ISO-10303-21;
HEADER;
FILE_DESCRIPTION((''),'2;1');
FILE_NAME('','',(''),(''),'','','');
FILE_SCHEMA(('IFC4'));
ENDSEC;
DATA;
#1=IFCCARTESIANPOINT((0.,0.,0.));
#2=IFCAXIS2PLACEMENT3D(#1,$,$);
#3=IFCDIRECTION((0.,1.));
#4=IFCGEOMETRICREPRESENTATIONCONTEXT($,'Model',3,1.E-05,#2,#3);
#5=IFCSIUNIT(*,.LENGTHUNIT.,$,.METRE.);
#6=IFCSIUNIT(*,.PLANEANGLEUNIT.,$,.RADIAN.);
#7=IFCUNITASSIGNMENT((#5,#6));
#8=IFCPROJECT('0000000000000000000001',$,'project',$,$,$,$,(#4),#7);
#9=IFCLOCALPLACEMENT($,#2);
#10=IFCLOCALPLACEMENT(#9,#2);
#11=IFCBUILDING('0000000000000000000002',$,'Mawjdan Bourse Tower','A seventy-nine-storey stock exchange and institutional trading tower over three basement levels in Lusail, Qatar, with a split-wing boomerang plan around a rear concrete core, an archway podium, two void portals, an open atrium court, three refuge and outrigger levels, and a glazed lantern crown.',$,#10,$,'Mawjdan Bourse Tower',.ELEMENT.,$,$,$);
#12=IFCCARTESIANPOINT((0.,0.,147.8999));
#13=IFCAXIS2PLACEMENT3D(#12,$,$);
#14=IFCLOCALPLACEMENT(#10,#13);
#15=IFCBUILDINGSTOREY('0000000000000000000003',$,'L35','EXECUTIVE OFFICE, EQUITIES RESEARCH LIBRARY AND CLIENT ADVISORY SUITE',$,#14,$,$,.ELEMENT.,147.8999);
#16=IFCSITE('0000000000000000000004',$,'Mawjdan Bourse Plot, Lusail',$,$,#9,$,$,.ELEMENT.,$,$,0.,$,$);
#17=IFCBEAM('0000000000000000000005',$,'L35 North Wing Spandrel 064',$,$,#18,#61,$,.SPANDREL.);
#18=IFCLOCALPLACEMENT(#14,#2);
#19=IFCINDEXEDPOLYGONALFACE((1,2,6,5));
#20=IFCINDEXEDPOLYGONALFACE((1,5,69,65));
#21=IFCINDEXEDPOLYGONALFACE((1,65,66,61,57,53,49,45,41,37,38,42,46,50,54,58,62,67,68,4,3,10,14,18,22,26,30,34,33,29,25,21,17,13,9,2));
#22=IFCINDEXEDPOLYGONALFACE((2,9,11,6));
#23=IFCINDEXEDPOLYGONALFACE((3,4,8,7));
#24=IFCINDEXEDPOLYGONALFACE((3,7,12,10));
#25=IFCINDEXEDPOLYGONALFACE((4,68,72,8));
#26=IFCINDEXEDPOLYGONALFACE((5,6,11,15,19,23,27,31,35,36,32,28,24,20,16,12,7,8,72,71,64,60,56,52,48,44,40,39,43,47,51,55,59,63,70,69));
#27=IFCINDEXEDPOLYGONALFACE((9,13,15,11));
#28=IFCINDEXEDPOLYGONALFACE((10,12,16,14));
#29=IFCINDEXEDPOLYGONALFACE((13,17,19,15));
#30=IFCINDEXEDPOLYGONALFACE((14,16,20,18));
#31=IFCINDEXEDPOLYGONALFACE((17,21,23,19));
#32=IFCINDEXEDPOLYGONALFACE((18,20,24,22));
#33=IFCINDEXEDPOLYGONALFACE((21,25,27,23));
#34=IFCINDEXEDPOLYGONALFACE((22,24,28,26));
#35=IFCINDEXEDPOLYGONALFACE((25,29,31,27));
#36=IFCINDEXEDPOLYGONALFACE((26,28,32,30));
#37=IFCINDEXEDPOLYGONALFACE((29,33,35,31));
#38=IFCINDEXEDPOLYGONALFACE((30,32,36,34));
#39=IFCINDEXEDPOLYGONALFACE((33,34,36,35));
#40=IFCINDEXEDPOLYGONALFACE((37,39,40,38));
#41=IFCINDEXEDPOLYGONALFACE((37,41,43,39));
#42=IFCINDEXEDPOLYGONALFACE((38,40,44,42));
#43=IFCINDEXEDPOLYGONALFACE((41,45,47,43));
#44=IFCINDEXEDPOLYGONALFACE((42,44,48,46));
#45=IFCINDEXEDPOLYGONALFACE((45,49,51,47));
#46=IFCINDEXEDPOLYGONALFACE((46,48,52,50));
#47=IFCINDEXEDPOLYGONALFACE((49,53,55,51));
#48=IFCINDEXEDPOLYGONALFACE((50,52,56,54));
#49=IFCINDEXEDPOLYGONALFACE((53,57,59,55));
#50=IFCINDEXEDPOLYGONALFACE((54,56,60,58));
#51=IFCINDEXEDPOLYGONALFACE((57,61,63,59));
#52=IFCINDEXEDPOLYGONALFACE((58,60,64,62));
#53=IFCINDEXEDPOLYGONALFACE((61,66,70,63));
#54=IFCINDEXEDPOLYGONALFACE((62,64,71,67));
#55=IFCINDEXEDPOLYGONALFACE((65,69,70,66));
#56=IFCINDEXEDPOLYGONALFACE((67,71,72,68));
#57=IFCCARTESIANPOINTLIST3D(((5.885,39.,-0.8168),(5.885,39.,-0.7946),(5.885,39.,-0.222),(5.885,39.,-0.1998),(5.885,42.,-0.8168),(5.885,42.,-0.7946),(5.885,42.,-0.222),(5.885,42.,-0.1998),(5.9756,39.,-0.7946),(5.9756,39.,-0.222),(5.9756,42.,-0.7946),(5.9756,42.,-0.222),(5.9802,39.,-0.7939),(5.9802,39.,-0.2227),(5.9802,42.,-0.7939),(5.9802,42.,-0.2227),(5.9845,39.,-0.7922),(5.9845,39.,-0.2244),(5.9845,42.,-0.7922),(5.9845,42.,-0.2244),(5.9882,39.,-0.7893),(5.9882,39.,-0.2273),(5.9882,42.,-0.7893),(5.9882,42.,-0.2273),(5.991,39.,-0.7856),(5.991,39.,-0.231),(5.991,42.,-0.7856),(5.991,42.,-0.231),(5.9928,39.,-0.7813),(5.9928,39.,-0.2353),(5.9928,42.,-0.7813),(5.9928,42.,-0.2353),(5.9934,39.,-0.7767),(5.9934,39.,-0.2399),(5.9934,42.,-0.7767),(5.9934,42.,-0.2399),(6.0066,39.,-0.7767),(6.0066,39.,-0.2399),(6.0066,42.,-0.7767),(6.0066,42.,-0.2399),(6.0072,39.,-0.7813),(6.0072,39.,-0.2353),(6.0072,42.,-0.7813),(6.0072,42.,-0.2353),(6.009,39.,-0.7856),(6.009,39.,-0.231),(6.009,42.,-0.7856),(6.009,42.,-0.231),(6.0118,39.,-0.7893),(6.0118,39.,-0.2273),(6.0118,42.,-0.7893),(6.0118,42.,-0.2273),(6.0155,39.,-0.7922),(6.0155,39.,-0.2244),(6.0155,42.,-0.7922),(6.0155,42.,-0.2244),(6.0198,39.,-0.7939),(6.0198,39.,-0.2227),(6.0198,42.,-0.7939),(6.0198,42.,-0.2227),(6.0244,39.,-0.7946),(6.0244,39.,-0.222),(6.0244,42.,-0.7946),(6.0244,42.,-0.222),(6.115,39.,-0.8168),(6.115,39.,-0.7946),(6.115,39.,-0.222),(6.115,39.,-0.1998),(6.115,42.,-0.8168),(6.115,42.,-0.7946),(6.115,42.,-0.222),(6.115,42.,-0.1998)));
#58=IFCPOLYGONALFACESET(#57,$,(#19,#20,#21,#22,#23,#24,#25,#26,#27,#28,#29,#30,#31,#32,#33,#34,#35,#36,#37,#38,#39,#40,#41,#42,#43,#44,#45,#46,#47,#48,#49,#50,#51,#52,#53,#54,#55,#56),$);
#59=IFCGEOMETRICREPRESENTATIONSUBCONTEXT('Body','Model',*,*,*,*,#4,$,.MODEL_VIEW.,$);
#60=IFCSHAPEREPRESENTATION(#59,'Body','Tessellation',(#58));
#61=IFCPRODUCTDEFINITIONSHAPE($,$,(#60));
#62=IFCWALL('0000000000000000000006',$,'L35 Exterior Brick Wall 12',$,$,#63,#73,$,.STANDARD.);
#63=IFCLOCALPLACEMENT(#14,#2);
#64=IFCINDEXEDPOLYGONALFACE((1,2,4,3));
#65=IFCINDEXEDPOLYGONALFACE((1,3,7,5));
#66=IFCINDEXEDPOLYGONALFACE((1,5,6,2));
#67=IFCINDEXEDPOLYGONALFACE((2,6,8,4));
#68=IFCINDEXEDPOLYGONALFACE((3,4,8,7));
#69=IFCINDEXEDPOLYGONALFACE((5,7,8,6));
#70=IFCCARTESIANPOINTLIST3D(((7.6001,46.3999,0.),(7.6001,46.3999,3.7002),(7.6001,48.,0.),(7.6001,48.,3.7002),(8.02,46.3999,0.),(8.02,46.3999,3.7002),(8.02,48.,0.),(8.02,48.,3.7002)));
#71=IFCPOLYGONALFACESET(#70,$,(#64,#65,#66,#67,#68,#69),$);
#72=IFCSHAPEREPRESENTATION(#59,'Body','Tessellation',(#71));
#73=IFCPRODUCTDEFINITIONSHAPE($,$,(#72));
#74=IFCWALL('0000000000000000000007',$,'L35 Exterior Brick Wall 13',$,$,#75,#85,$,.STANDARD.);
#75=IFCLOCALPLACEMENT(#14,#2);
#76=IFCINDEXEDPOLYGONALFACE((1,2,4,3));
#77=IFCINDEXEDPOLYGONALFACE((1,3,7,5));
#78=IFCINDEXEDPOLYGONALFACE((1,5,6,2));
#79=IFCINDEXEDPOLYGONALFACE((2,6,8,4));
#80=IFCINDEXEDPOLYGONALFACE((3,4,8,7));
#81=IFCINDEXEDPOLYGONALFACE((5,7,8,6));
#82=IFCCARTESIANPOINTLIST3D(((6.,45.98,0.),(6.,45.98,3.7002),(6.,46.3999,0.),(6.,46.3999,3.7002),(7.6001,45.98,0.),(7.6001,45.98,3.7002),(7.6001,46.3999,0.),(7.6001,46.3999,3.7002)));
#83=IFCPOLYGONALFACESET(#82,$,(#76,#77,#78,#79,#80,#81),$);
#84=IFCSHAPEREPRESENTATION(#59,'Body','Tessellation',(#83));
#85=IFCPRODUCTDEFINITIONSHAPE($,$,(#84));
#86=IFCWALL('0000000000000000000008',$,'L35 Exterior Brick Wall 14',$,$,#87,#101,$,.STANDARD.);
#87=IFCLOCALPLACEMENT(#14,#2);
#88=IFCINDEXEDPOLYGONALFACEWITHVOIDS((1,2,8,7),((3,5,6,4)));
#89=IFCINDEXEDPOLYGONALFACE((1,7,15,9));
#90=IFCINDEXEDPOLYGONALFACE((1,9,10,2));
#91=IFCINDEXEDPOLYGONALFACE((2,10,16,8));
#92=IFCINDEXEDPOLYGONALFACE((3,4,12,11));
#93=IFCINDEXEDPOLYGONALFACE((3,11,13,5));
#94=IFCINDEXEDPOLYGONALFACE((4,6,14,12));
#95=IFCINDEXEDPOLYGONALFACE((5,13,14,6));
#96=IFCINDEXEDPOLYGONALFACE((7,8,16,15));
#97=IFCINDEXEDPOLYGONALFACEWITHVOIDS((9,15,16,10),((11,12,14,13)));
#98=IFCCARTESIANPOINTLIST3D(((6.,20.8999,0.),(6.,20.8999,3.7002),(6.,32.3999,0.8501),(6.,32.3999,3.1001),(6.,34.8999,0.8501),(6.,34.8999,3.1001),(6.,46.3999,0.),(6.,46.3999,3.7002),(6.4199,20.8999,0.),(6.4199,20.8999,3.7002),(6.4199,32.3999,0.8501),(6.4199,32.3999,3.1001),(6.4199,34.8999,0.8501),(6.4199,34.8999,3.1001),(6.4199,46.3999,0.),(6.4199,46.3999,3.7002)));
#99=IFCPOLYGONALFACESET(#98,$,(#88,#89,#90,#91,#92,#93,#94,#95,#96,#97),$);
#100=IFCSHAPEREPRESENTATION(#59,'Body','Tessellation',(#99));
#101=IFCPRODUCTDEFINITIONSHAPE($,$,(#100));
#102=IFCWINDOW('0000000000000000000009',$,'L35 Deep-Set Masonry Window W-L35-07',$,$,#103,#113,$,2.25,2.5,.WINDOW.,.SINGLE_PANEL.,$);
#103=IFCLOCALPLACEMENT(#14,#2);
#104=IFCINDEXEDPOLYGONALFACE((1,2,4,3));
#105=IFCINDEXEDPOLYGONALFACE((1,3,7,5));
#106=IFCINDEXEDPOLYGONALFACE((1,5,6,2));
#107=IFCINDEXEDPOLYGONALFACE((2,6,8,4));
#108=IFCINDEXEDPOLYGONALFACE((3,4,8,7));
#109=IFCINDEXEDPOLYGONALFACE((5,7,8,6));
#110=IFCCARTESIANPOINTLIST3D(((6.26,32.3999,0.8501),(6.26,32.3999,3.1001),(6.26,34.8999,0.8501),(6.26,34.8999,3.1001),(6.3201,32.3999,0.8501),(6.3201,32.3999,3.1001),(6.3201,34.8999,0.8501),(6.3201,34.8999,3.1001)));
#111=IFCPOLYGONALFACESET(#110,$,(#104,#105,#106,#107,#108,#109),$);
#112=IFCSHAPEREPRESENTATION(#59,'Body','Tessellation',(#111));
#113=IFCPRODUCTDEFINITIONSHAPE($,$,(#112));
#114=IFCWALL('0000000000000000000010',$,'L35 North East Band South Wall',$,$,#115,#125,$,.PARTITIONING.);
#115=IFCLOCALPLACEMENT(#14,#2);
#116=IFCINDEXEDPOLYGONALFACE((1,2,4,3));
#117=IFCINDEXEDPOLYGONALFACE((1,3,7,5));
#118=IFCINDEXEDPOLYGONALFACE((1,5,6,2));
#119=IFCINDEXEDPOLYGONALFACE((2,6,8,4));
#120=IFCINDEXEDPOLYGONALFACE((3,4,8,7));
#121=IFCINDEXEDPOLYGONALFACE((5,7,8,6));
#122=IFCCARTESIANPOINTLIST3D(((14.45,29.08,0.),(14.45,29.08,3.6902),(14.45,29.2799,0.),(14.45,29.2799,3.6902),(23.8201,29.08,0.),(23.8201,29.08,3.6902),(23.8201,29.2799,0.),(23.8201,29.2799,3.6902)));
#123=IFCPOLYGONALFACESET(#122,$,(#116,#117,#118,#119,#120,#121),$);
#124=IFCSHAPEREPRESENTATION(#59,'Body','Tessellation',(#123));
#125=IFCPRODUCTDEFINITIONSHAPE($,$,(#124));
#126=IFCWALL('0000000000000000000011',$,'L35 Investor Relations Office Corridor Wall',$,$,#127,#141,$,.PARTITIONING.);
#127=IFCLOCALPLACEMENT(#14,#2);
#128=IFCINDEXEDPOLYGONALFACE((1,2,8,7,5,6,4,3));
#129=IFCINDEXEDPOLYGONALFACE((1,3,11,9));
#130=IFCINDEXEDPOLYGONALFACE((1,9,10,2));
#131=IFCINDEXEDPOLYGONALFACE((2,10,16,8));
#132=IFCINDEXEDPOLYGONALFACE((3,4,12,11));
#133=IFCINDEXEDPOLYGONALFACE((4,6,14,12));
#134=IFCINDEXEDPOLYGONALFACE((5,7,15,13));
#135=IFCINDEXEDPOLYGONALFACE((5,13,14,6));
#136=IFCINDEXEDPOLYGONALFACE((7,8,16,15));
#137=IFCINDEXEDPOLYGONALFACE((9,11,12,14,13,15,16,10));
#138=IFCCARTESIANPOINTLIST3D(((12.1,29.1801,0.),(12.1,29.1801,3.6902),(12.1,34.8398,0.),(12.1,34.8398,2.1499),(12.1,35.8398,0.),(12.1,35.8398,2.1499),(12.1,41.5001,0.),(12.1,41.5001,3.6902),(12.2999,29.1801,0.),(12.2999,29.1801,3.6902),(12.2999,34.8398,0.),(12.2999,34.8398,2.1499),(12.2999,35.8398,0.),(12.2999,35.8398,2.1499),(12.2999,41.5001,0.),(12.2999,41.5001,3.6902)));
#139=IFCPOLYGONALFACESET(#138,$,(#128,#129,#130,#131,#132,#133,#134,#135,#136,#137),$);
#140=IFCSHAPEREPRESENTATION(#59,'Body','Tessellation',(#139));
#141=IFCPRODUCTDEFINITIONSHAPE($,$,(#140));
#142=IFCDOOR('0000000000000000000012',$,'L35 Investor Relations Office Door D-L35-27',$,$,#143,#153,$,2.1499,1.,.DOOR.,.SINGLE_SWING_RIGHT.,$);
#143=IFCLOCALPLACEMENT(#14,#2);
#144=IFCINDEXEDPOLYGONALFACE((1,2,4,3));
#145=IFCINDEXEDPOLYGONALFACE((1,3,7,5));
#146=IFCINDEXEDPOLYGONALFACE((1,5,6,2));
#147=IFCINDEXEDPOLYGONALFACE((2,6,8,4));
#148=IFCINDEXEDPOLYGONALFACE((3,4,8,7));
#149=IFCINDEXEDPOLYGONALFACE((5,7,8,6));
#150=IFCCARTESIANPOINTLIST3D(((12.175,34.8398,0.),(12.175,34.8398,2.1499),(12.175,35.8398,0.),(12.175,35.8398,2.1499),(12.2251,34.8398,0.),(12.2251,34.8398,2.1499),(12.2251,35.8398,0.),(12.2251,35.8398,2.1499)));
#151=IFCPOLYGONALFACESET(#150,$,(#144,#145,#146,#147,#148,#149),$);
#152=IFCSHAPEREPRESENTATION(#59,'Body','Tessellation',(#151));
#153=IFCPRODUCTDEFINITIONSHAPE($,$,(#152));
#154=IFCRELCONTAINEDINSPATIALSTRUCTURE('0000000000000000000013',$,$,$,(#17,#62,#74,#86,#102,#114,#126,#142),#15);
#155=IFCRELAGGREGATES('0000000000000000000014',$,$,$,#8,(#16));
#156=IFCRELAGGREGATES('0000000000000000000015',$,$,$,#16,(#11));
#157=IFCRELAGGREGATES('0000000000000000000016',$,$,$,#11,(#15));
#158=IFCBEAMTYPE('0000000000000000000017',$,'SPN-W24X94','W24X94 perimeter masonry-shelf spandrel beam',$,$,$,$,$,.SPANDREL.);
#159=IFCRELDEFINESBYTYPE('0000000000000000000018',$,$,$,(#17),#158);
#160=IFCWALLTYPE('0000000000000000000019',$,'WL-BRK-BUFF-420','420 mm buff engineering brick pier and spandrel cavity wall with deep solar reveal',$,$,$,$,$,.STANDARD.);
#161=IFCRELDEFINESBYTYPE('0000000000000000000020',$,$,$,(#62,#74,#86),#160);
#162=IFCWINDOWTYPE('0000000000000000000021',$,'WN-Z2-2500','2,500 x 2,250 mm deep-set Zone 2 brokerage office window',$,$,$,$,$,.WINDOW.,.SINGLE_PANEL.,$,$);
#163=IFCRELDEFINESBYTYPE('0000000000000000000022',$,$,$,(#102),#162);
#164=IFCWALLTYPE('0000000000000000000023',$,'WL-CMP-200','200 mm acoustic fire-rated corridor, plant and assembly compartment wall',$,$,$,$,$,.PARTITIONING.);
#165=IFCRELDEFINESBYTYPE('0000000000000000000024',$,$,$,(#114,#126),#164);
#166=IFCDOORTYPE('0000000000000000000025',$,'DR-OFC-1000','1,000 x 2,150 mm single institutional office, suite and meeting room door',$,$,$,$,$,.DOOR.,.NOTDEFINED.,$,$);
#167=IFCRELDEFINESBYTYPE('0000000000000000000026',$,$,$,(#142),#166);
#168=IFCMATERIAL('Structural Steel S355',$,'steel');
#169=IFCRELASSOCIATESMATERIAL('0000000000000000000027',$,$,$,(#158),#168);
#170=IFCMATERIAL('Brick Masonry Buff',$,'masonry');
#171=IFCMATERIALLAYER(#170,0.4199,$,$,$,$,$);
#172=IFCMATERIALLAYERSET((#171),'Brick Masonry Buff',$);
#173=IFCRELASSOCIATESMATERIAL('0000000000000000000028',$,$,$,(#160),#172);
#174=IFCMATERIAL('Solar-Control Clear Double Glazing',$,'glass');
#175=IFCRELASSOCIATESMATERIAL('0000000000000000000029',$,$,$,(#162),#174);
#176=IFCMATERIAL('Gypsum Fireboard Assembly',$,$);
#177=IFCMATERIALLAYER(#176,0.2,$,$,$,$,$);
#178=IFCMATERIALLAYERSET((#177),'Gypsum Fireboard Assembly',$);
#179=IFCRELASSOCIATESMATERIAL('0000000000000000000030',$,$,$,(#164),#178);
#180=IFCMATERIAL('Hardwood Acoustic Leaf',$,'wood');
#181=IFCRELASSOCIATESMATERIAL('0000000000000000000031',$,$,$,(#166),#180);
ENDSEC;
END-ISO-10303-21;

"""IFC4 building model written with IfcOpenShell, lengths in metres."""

from ifc_helpers import new_model, si_unit, direction, frame, frame_2d, origin, origin_2d, place, context, subcontext, project, spatial, rectangle, i_section, extrude, material, layer, layer_set, material_profile, profile_set, type_object, element, fill, save


model = new_model("IFC4")

# Units and contexts
model_context = context("Model", 3, precision=1e-05, world=origin(), true_north=direction((0.0, 1.0)))
body_context = subcontext(model_context, "Body", "Model", "MODEL_VIEW")
ifc_project = project(units=[si_unit("LENGTHUNIT", "METRE"), si_unit("PLANEANGLEUNIT", "RADIAN")], contexts=[model_context])

# Site, building, storey
site_placement = place(None, origin())
site = spatial("IfcSite", under=ifc_project, at=site_placement, Name="Mawjdan Bourse Plot, Lusail", CompositionType="ELEMENT", RefElevation=0.0)
building_placement = place(site_placement, origin())
building = spatial("IfcBuilding", under=site, at=building_placement, Name="Mawjdan Bourse Tower", Description="A seventy-nine-storey stock exchange and institutional trading tower over three basement levels in Lusail, Qatar, with a split-wing boomerang plan around a rear concrete core, an archway podium, two void portals, an open atrium court, three refuge and outrigger levels, and a glazed lantern crown.", LongName="Mawjdan Bourse Tower", CompositionType="ELEMENT")
storey_placement = place(building_placement, frame((0.0, 0.0, 147.8999)))
storey = spatial("IfcBuildingStorey", under=building, at=storey_placement, Name="L35", Description="EXECUTIVE OFFICE, EQUITIES RESEARCH LIBRARY AND CLIENT ADVISORY SUITE", CompositionType="ELEMENT", Elevation=147.8999)

# Beam
ifc_material_1 = material(Name="Structural Steel S355", Category="steel")
ifc_material_profile_1 = material_profile(ifc_material_1, i_section(OverallWidth=0.23, OverallDepth=0.6169, WebThickness=0.0132, FlangeThickness=0.0222, FilletRadius=0.0178, at=origin_2d()), Name="W24X94")
ifc_profile_set_1 = profile_set([ifc_material_profile_1], Name="Structural Steel S355")
beam_type_1 = type_object("IfcBeamType", Name="SPN-W24X94", Description="W24X94 perimeter masonry-shelf spandrel beam", PredefinedType="SPANDREL", material=ifc_profile_set_1)
for number, where, z_axis, x_axis, name in (
    (1, (6.0, 39.0, -0.5083), (0.0, 1.0, 0.0), (-1.0, 0.0, 0.0), "L35 North Wing Spandrel 064"),
):
    element("IfcBeam", number, at=place(storey_placement, frame(where, z_axis=z_axis, x_axis=x_axis)), inside=storey, type_object=beam_type_1, Name=name, PredefinedType="SPANDREL", context=body_context, shape_type="SweptSolid", body=[
        extrude(i_section(OverallWidth=0.23, OverallDepth=0.6169, WebThickness=0.0132, FlangeThickness=0.0222, FilletRadius=0.0178, at=origin_2d()), origin(), (0.0, 0.0, 1.0), 3.0),
    ])

# Walls
ifc_material_2 = material(Name="Brick Masonry Buff", Category="masonry")
ifc_layer_1 = layer(ifc_material_2, 0.4199)
ifc_layer_set_1 = layer_set([ifc_layer_1], Name="Brick Masonry Buff")
wall_type_1 = type_object("IfcWallType", Name="WL-BRK-BUFF-420", Description="420 mm buff engineering brick pier and spandrel cavity wall with deep solar reveal", PredefinedType="STANDARD", material=ifc_layer_set_1)
for number, where, z_axis, x_axis, name in (
    (2, (7.8101, 48.0, 0.0), (0.0, 0.0, 1.0), (0.0, -1.0, 0.0), "L35 Exterior Brick Wall 12"),
    (3, (7.6001, 46.1899, 0.0), (0.0, 0.0, 1.0), (-1.0, 0.0, 0.0), "L35 Exterior Brick Wall 13"),
):
    element("IfcWall", number, at=place(storey_placement, frame(where, z_axis=z_axis, x_axis=x_axis)), inside=storey, type_object=wall_type_1, Name=name, PredefinedType="STANDARD", context=body_context, shape_type="SweptSolid", body=[
        extrude(rectangle(XDim=1.6001, YDim=0.4199, at=frame_2d((0.8, 0.0))), origin(), (0.0, 0.0, 1.0), 3.7002),
    ])

# Wall, opening, window
wall_1_placement = place(storey_placement, frame((6.21, 46.3999, 0.0), z_axis=(0.0, 0.0, 1.0), x_axis=(0.0, -1.0, 0.0)))
wall_1 = element("IfcWall", 4, at=wall_1_placement, inside=storey, type_object=wall_type_1, Name="L35 Exterior Brick Wall 14", PredefinedType="STANDARD", context=body_context, shape_type="SweptSolid", body=[
    extrude(rectangle(XDim=25.5, YDim=0.4199, at=frame_2d((12.75, 0.0))), origin(), (0.0, 0.0, 1.0), 3.7002),
])
opening_1_placement = place(wall_1_placement, frame((11.5, 0.0, 0.8501)))
opening_1 = element("IfcOpeningElement", 5, at=opening_1_placement, cuts=wall_1, PredefinedType="OPENING", context=body_context, shape_type="SweptSolid", body=[
    extrude(rectangle(XDim=2.5, YDim=2.25, at=frame_2d((1.25, 1.125))), frame((0.0, 0.22, 0.0), z_axis=(0.0, -1.0, 0.0), x_axis=(1.0, 0.0, 0.0)), (0.0, 0.0, 1.0), 0.4399),
])
ifc_material_3 = material(Name="Solar-Control Clear Double Glazing", Category="glass")
window_type = type_object("IfcWindowType", Name="WN-Z2-2500", Description="2,500 x 2,250 mm deep-set Zone 2 brokerage office window", PartitioningType="SINGLE_PANEL", PredefinedType="WINDOW", material=ifc_material_3)
window_placement = place(opening_1_placement, origin())
window = element("IfcWindow", 6, at=window_placement, inside=storey, type_object=window_type, Name="L35 Deep-Set Masonry Window W-L35-07", OverallHeight=2.25, OverallWidth=2.5, PartitioningType="SINGLE_PANEL", PredefinedType="WINDOW", context=body_context, shape_type="SweptSolid", body=[
    extrude(rectangle(XDim=2.5, YDim=2.25, at=frame_2d((1.25, 1.125))), frame((0.0, 0.1101, 0.0), z_axis=(0.0, -1.0, 0.0), x_axis=(1.0, 0.0, 0.0)), (0.0, 0.0, 1.0), 0.0601),
])
fill(opening_1, window)

# Wall
ifc_material_4 = material(Name="Gypsum Fireboard Assembly")
ifc_layer_2 = layer(ifc_material_4, 0.2)
ifc_layer_set_2 = layer_set([ifc_layer_2], Name="Gypsum Fireboard Assembly")
wall_type_2 = type_object("IfcWallType", Name="WL-CMP-200", Description="200 mm acoustic fire-rated corridor, plant and assembly compartment wall", PredefinedType="PARTITIONING", material=ifc_layer_set_2)
wall_2_placement = place(storey_placement, frame((14.45, 29.1799, 0.0), z_axis=(0.0, 0.0, 1.0), x_axis=(1.0, 0.0, 0.0)))
element("IfcWall", 7, at=wall_2_placement, inside=storey, type_object=wall_type_2, Name="L35 North East Band South Wall", PredefinedType="PARTITIONING", context=body_context, shape_type="SweptSolid", body=[
    extrude(rectangle(XDim=9.3701, YDim=0.2, at=frame_2d((4.6851, 0.0))), origin(), (0.0, 0.0, 1.0), 3.6902),
])

# Wall, opening, door
wall_3_placement = place(storey_placement, frame((12.2, 29.1799, 0.0), z_axis=(0.0, 0.0, 1.0), x_axis=(0.0, 1.0, 0.0)))
wall_3 = element("IfcWall", 8, at=wall_3_placement, inside=storey, type_object=wall_type_2, Name="L35 Investor Relations Office Corridor Wall", PredefinedType="PARTITIONING", context=body_context, shape_type="SweptSolid", body=[
    extrude(rectangle(XDim=12.3201, YDim=0.2, at=frame_2d((6.1602, 0.0))), origin(), (0.0, 0.0, 1.0), 3.6902),
])
opening_2_placement = place(wall_3_placement, frame((5.6599, 0.0, 0.0)))
opening_2 = element("IfcOpeningElement", 9, at=opening_2_placement, cuts=wall_3, PredefinedType="OPENING", context=body_context, shape_type="SweptSolid", body=[
    extrude(rectangle(XDim=1.0, YDim=2.1499, at=frame_2d((0.5, 1.075))), frame((0.0, 0.1099, 0.0), z_axis=(0.0, -1.0, 0.0), x_axis=(1.0, 0.0, 0.0)), (0.0, 0.0, 1.0), 0.22),
])
ifc_material_5 = material(Name="Hardwood Acoustic Leaf", Category="wood")
door_type_1 = type_object("IfcDoorType", Name="DR-OFC-1000", Description="1,000 x 2,150 mm single institutional office, suite and meeting room door", OperationType="NOTDEFINED", PredefinedType="DOOR", material=ifc_material_5)
door_1_placement = place(opening_2_placement, origin())
door_1 = element("IfcDoor", 10, at=door_1_placement, inside=storey, type_object=door_type_1, Name="L35 Investor Relations Office Door D-L35-27", OperationType="SINGLE_SWING_RIGHT", OverallHeight=2.1499, OverallWidth=1.0, PredefinedType="DOOR", context=body_context, shape_type="SweptSolid", body=[
    extrude(rectangle(XDim=1.0, YDim=2.1499, at=frame_2d((0.5, 1.075))), frame((0.0, 0.0249, 0.0), z_axis=(0.0, -1.0, 0.0), x_axis=(1.0, 0.0, 0.0)), (0.0, 0.0, 1.0), 0.05),
])
fill(opening_2, door_1)

save(model, "model.ifc")
